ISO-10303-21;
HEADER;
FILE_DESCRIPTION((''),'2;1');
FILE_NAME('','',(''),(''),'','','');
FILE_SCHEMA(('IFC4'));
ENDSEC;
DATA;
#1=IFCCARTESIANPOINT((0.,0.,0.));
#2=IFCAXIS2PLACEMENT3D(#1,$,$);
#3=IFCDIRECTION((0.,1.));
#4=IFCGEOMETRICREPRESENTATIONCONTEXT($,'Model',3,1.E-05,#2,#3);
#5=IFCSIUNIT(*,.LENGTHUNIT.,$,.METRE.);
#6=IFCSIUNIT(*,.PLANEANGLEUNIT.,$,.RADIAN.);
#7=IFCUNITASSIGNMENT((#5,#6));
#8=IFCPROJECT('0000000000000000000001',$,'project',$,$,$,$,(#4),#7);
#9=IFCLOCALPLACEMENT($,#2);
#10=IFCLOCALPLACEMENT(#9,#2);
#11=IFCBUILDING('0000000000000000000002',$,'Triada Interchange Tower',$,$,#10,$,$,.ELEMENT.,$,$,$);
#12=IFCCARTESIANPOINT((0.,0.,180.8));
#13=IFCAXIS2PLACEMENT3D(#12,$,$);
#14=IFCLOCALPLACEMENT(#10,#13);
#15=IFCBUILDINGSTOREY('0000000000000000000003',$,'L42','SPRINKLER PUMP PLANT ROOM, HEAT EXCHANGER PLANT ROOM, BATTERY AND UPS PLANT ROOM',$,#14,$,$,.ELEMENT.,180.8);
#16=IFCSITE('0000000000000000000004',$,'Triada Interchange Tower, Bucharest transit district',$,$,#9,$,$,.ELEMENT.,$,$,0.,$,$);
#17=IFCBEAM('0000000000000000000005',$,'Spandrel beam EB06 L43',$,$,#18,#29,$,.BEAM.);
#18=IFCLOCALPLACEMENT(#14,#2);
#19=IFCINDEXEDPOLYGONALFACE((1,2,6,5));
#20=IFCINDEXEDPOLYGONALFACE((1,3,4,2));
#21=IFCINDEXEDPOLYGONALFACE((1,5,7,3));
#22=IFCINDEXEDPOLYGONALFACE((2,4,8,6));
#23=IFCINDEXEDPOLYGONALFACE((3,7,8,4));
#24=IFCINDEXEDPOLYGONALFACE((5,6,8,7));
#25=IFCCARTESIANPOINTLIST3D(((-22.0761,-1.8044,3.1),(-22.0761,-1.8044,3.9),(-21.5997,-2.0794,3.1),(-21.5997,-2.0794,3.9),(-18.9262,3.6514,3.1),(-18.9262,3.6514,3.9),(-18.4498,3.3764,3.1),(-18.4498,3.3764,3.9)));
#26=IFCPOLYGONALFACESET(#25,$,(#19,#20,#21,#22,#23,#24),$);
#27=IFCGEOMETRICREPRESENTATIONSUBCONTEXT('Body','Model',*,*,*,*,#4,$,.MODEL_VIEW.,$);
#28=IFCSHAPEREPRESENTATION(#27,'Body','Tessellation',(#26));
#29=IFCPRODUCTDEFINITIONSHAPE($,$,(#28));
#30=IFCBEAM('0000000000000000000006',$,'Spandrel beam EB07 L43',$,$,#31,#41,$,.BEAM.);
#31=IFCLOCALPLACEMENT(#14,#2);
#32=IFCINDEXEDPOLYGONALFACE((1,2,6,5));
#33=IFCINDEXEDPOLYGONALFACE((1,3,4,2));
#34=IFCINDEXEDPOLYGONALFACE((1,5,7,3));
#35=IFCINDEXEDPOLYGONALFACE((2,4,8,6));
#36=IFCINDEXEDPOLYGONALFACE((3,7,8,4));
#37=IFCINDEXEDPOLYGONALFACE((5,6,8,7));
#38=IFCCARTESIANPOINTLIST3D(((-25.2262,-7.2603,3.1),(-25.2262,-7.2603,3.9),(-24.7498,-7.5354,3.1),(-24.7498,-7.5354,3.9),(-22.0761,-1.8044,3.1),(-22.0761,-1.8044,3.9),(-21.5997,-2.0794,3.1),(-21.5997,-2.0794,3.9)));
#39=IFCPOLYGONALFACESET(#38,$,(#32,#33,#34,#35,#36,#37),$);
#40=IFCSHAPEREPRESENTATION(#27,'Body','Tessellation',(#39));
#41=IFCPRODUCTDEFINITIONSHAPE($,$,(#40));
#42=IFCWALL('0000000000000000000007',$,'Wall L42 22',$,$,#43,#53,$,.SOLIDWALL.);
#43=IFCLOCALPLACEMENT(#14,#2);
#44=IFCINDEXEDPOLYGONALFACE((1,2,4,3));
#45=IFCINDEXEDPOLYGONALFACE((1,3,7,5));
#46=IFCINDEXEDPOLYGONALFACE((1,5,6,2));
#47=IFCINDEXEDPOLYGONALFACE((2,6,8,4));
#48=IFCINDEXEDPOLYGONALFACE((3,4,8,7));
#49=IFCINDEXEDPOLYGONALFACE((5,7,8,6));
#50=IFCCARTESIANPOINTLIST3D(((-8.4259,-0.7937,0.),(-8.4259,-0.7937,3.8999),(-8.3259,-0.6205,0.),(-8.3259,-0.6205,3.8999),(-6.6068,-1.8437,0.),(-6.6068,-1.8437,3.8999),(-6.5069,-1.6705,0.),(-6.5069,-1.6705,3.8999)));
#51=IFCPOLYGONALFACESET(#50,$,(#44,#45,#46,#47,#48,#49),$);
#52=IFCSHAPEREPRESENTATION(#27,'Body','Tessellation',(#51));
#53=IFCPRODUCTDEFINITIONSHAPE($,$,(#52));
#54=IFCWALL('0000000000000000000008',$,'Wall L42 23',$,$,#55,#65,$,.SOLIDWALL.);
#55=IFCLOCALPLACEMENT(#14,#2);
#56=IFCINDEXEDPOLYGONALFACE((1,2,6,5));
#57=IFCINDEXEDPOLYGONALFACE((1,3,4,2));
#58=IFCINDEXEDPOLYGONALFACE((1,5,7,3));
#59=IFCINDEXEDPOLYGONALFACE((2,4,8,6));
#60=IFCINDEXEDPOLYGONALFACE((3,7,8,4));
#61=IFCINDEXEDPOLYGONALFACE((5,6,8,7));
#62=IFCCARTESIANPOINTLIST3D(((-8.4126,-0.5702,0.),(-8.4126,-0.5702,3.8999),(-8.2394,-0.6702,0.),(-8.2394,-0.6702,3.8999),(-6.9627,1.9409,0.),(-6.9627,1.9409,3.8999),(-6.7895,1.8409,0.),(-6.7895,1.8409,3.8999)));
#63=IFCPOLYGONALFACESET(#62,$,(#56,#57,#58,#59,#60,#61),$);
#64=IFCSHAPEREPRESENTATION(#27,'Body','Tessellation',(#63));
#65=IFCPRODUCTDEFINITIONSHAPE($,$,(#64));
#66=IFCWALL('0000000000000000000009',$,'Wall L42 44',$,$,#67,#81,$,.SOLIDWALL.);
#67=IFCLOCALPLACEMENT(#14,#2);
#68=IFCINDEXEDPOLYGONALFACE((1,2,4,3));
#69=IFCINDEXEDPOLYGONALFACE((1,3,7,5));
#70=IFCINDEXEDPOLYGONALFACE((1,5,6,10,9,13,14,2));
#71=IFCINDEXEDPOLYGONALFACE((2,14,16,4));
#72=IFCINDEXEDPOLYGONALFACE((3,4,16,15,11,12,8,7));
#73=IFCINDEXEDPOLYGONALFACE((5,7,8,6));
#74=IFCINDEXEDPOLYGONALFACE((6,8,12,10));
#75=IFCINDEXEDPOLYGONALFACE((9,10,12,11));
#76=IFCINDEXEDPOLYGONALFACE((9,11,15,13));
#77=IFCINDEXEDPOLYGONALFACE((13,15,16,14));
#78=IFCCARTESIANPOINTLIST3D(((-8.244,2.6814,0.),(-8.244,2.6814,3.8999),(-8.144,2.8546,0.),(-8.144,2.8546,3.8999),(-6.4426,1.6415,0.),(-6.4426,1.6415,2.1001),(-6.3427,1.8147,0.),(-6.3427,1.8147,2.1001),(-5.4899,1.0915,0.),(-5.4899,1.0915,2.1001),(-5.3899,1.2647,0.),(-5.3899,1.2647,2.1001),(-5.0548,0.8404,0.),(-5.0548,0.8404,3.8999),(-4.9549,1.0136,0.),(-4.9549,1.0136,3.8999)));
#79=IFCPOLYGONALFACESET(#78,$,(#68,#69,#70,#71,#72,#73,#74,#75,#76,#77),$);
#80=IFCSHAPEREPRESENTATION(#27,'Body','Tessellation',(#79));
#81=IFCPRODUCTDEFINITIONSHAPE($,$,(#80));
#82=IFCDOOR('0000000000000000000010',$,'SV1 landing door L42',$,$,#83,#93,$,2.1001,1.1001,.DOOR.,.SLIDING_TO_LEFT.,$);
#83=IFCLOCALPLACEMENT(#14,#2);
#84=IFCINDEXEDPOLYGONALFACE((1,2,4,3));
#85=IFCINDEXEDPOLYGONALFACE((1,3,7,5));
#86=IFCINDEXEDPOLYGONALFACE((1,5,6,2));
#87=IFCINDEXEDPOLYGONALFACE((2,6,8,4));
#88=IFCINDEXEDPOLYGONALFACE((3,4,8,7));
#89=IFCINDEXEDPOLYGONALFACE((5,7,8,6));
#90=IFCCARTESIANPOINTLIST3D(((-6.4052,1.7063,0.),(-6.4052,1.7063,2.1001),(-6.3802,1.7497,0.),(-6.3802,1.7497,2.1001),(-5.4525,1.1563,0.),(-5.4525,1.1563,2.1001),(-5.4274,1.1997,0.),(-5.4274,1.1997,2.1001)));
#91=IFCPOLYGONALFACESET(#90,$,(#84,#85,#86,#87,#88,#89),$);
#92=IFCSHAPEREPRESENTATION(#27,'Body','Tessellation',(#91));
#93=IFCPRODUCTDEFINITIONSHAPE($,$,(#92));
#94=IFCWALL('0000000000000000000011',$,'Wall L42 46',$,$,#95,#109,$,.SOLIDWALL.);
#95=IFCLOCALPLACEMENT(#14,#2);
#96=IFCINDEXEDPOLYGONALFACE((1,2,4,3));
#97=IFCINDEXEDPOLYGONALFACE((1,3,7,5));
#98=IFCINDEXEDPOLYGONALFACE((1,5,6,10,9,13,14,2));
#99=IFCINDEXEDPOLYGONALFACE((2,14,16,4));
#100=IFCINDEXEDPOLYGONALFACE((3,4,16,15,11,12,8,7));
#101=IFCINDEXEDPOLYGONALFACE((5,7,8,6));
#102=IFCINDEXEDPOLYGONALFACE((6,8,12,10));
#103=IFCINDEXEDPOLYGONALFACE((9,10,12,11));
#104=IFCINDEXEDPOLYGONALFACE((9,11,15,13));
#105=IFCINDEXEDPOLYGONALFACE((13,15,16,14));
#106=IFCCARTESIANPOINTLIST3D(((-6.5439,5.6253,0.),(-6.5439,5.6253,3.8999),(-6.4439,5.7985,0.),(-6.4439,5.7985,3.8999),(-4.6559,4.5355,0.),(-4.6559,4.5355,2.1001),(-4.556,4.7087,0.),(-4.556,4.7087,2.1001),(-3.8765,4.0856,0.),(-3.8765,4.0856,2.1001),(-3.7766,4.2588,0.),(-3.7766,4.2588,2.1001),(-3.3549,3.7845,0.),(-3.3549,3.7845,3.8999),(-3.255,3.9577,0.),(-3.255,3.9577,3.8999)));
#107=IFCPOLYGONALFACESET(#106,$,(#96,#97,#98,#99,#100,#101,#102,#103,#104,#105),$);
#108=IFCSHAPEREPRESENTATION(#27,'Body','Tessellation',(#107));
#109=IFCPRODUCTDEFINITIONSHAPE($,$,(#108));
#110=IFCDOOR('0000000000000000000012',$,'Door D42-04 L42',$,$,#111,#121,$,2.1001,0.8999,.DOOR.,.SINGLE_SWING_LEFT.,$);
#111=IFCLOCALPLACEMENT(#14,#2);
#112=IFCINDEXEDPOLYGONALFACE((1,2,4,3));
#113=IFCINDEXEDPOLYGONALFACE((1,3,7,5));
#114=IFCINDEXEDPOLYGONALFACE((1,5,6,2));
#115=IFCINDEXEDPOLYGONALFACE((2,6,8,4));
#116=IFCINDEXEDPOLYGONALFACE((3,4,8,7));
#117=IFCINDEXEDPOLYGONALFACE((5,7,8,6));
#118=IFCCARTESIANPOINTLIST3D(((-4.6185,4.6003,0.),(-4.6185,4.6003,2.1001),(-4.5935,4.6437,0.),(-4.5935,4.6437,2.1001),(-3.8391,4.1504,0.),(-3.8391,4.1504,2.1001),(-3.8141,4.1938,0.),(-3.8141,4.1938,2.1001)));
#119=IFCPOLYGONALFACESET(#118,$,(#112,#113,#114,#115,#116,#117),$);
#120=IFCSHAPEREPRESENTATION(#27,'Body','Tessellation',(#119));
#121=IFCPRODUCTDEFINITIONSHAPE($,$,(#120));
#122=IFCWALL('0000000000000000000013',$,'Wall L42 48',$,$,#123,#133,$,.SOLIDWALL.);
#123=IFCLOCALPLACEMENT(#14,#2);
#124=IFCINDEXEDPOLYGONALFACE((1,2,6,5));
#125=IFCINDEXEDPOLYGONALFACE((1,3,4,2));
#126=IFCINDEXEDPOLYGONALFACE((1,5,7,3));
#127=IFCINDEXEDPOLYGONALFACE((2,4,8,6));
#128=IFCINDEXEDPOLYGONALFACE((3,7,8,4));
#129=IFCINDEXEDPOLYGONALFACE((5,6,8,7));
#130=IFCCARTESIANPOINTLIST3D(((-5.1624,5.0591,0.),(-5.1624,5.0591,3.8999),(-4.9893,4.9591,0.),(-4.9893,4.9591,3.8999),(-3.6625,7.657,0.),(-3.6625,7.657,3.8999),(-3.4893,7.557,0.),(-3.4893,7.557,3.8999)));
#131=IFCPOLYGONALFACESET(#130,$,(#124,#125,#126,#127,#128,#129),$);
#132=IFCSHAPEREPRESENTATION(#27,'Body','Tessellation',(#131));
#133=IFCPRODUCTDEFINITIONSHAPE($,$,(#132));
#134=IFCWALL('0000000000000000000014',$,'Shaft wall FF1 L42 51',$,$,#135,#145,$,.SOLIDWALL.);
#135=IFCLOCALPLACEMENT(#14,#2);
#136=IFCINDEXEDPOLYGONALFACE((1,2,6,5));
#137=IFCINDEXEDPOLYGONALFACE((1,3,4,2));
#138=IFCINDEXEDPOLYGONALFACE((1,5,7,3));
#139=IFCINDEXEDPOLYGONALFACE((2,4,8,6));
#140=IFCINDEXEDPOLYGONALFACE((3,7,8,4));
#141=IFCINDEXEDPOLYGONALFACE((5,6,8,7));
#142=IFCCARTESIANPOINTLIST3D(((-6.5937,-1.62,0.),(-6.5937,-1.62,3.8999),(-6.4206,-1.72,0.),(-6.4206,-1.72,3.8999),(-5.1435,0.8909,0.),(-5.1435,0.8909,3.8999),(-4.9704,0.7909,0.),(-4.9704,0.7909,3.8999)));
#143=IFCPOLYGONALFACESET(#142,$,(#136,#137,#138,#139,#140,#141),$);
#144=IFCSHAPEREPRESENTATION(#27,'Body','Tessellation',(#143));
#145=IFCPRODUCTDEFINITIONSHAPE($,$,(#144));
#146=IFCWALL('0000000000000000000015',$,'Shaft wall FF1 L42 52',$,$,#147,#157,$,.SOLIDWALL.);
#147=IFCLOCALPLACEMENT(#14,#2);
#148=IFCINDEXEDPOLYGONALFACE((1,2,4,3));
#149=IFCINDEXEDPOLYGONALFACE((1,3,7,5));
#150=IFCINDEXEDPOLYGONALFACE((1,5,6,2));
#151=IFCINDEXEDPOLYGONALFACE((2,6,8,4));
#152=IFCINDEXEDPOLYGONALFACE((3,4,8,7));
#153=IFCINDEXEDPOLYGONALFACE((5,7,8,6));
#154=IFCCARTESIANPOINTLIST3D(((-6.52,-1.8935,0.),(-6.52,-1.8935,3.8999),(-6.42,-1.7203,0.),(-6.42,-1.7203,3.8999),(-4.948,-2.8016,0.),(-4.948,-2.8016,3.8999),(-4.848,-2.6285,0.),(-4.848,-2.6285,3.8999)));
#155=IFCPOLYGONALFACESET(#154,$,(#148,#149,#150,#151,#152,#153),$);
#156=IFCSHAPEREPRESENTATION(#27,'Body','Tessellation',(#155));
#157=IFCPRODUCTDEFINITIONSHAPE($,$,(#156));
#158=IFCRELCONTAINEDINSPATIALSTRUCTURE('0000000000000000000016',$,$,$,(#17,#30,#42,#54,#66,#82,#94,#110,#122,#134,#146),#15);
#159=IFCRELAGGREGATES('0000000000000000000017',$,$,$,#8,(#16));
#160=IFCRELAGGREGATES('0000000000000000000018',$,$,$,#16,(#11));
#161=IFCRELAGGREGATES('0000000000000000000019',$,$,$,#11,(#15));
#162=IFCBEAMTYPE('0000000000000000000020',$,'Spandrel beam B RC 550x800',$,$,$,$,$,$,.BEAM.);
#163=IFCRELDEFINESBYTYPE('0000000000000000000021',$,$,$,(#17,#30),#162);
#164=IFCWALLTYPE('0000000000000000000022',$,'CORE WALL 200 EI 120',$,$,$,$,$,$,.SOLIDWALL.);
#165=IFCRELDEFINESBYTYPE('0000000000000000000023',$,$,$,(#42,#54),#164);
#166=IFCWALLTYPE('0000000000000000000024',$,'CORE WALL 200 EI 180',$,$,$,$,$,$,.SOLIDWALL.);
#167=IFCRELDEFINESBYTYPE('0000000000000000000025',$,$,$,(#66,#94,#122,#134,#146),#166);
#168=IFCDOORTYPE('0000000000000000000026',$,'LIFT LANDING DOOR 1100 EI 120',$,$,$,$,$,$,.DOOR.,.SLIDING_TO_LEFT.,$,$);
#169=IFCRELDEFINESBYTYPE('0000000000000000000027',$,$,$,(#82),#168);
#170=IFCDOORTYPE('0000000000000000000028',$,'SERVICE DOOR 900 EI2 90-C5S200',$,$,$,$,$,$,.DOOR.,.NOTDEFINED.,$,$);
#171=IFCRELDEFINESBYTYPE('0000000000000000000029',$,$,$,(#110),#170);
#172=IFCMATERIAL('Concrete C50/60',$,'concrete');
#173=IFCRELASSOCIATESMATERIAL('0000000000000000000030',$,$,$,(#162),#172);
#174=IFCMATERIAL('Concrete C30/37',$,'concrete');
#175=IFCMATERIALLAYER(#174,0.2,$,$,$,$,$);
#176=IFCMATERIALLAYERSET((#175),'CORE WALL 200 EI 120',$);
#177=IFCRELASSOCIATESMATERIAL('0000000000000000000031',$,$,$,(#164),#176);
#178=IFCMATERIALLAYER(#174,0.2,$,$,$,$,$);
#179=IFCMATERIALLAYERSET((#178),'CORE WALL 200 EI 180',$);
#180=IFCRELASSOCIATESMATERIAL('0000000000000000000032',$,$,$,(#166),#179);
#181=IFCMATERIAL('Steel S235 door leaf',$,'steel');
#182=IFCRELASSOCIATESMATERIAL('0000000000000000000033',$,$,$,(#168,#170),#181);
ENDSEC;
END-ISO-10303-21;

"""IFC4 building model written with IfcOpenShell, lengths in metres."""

from ifc_helpers import new_model, si_unit, direction, frame, frame_2d, origin, origin_2d, place, context, subcontext, project, spatial, rectangle, extrude, material, layer, layer_set, material_profile, profile_set, type_object, element, fill, save


model = new_model("IFC4")

# Units and contexts
model_context = context("Model", 3, precision=1e-05, world=origin(), true_north=direction((0.0, 1.0)))
body_context = subcontext(model_context, "Body", "Model", "MODEL_VIEW")
ifc_project = project(units=[si_unit("LENGTHUNIT", "METRE"), si_unit("PLANEANGLEUNIT", "RADIAN")], contexts=[model_context])

# Site, building, storey
site_placement = place(None, origin())
site = spatial("IfcSite", under=ifc_project, at=site_placement, Name="Triada Interchange Tower, Bucharest transit district", CompositionType="ELEMENT", RefElevation=0.0)
building_placement = place(site_placement, origin())
building = spatial("IfcBuilding", under=site, at=building_placement, Name="Triada Interchange Tower", CompositionType="ELEMENT")
storey_placement = place(building_placement, frame((0.0, 0.0, 180.8)))
storey = spatial("IfcBuildingStorey", under=building, at=storey_placement, Name="L42", Description="SPRINKLER PUMP PLANT ROOM, HEAT EXCHANGER PLANT ROOM, BATTERY AND UPS PLANT ROOM", CompositionType="ELEMENT", Elevation=180.8)

# Beams
ifc_material_1 = material(Name="Concrete C50/60", Category="concrete")
ifc_material_profile_1 = material_profile(ifc_material_1, rectangle(XDim=0.55, YDim=0.8, at=origin_2d()), Name="RC 550x800")
ifc_profile_set_1 = profile_set([ifc_material_profile_1], Name="Concrete C50/60")
beam_type_1 = type_object("IfcBeamType", Name="Spandrel beam B RC 550x800", PredefinedType="BEAM", material=ifc_profile_set_1)
beam_1_placement = place(storey_placement, frame((-18.688, 3.5139, 3.5), z_axis=(-0.499999, -0.866026, 0.0), x_axis=(0.866026, -0.499999, 0.0)))
element("IfcBeam", 1, at=beam_1_placement, inside=storey, type_object=beam_type_1, Name="Spandrel beam EB06 L43", PredefinedType="BEAM", context=body_context, shape_type="SweptSolid", body=[
    extrude(rectangle(XDim=0.55, YDim=0.8, at=origin_2d()), origin(), (0.0, 0.0, 1.0), 6.2998),
])
beam_2_placement = place(storey_placement, frame((-21.8379, -1.9419, 3.5), z_axis=(-0.500011, -0.866019, 0.0), x_axis=(0.866019, -0.500011, 0.0)))
element("IfcBeam", 2, at=beam_2_placement, inside=storey, type_object=beam_type_1, Name="Spandrel beam EB07 L43", PredefinedType="BEAM", context=body_context, shape_type="SweptSolid", body=[
    extrude(rectangle(XDim=0.55, YDim=0.8, at=origin_2d()), origin(), (0.0, 0.0, 1.0), 6.3),
])

# Walls
ifc_material_2 = material(Name="Concrete C30/37", Category="concrete")
ifc_layer_1 = layer(ifc_material_2, 0.2)
ifc_layer_set_1 = layer_set([ifc_layer_1], Name="CORE WALL 200 EI 120")
wall_type_1 = type_object("IfcWallType", Name="CORE WALL 200 EI 120", PredefinedType="SOLIDWALL", material=ifc_layer_set_1)
wall_1_placement = place(storey_placement, frame((-8.376, -0.707, 0.0), z_axis=(0.0, 0.0, 1.0), x_axis=(0.866068, -0.499927, 0.0)))
element("IfcWall", 3, at=wall_1_placement, inside=storey, type_object=wall_type_1, Name="Wall L42 22", PredefinedType="SOLIDWALL", context=body_context, shape_type="SweptSolid", body=[
    extrude(rectangle(XDim=2.1003, YDim=0.2, at=frame_2d((1.0503, 0.0))), origin(), (0.0, 0.0, 1.0), 3.8999),
])
wall_2_placement = place(storey_placement, frame((-8.3259, -0.6201, 0.0), z_axis=(0.0, 0.0, 1.0), x_axis=(0.500024, 0.866012, 0.0)))
element("IfcWall", 4, at=wall_2_placement, inside=storey, type_object=wall_type_1, Name="Wall L42 23", PredefinedType="SOLIDWALL", context=body_context, shape_type="SweptSolid", body=[
    extrude(rectangle(XDim=2.8997, YDim=0.2, at=frame_2d((1.4497, 0.0))), origin(), (0.0, 0.0, 1.0), 3.8999),
])

# Walls, openings, doors
ifc_layer_2 = layer(ifc_material_2, 0.2)
ifc_layer_set_2 = layer_set([ifc_layer_2], Name="CORE WALL 200 EI 180")
wall_type_2 = type_object("IfcWallType", Name="CORE WALL 200 EI 180", PredefinedType="SOLIDWALL", material=ifc_layer_set_2)
wall_3_placement = place(storey_placement, frame((-8.1941, 2.7681, 0.0), z_axis=(0.0, 0.0, 1.0), x_axis=(0.866052, -0.499954, 0.0)))
wall_3 = element("IfcWall", 5, at=wall_3_placement, inside=storey, type_object=wall_type_2, Name="Wall L42 44", PredefinedType="SOLIDWALL", context=body_context, shape_type="SweptSolid", body=[
    extrude(rectangle(XDim=3.6824, YDim=0.2, at=frame_2d((1.8413, 0.0))), origin(), (0.0, 0.0, 1.0), 3.8999),
])
opening_1_placement = place(wall_3_placement, frame((2.0801, 0.0, 0.0)))
opening_1 = element("IfcOpeningElement", 6, at=opening_1_placement, cuts=wall_3, PredefinedType="OPENING", context=body_context, shape_type="SweptSolid", body=[
    extrude(rectangle(XDim=1.1001, YDim=2.1001, at=frame_2d((0.55, 1.05))), frame((0.0, 0.1099, 0.0), z_axis=(0.0, -1.0, 0.0), x_axis=(1.0, 0.0, 0.0)), (0.0, 0.0, 1.0), 0.22),
])
ifc_material_3 = material(Name="Steel S235 door leaf", Category="steel")
door_type_1 = type_object("IfcDoorType", Name="LIFT LANDING DOOR 1100 EI 120", OperationType="SLIDING_TO_LEFT", PredefinedType="DOOR", material=ifc_material_3)
door_1_placement = place(opening_1_placement, origin())
door_1 = element("IfcDoor", 7, at=door_1_placement, inside=storey, type_object=door_type_1, Name="SV1 landing door L42", OperationType="SLIDING_TO_LEFT", OverallHeight=2.1001, OverallWidth=1.1001, PredefinedType="DOOR", context=body_context, shape_type="SweptSolid", body=[
    extrude(rectangle(XDim=1.1001, YDim=2.1001, at=frame_2d((0.55, 1.05))), frame((0.0, 0.0249, 0.0), z_axis=(0.0, -1.0, 0.0), x_axis=(1.0, 0.0, 0.0)), (0.0, 0.0, 1.0), 0.05),
])
fill(opening_1, door_1)
wall_4_placement = place(storey_placement, frame((-6.4939, 5.7119, 0.0), z_axis=(0.0, 0.0, 1.0), x_axis=(0.866064, -0.499933, 0.0)))
wall_4 = element("IfcWall", 8, at=wall_4_placement, inside=storey, type_object=wall_type_2, Name="Wall L42 46", PredefinedType="SOLIDWALL", context=body_context, shape_type="SweptSolid", body=[
    extrude(rectangle(XDim=3.6821, YDim=0.2, at=frame_2d((1.8411, 0.0))), origin(), (0.0, 0.0, 1.0), 3.8999),
])
opening_2_placement = place(wall_4_placement, frame((2.1799, 0.0, 0.0)))
opening_2 = element("IfcOpeningElement", 9, at=opening_2_placement, cuts=wall_4, PredefinedType="OPENING", context=body_context, shape_type="SweptSolid", body=[
    extrude(rectangle(XDim=0.8999, YDim=2.1001, at=frame_2d((0.45, 1.05))), frame((0.0, 0.1099, 0.0), z_axis=(0.0, -1.0, 0.0), x_axis=(1.0, 0.0, 0.0)), (0.0, 0.0, 1.0), 0.22),
])
door_type_2 = type_object("IfcDoorType", Name="SERVICE DOOR 900 EI2 90-C5S200", OperationType="NOTDEFINED", PredefinedType="DOOR", material=ifc_material_3)
door_2_placement = place(opening_2_placement, origin())
door_2 = element("IfcDoor", 10, at=door_2_placement, inside=storey, type_object=door_type_2, Name="Door D42-04 L42", OperationType="SINGLE_SWING_LEFT", OverallHeight=2.1001, OverallWidth=0.8999, PredefinedType="DOOR", context=body_context, shape_type="SweptSolid", body=[
    extrude(rectangle(XDim=0.8999, YDim=2.1001, at=frame_2d((0.45, 1.05))), frame((0.0, 0.0249, 0.0), z_axis=(0.0, -1.0, 0.0), x_axis=(1.0, 0.0, 0.0)), (0.0, 0.0, 1.0), 0.05),
])
fill(opening_2, door_2)

# Walls
wall_5_placement = place(storey_placement, frame((-5.0759, 5.009, 0.0), z_axis=(0.0, 0.0, 1.0), x_axis=(0.500025, 0.866011, 0.0)))
element("IfcWall", 11, at=wall_5_placement, inside=storey, type_object=wall_type_2, Name="Wall L42 48", PredefinedType="SOLIDWALL", context=body_context, shape_type="SweptSolid", body=[
    extrude(rectangle(XDim=2.9998, YDim=0.2, at=frame_2d((1.5, 0.0))), origin(), (0.0, 0.0, 1.0), 3.8999),
])
wall_6_placement = place(storey_placement, frame((-6.5071, -1.6699, 0.0), z_axis=(0.0, 0.0, 1.0), x_axis=(0.500123, 0.865954, 0.0)))
element("IfcWall", 12, at=wall_6_placement, inside=storey, type_object=wall_type_2, Name="Shaft wall FF1 L42 51", PredefinedType="SOLIDWALL", context=body_context, shape_type="SweptSolid", body=[
    extrude(rectangle(XDim=2.8997, YDim=0.2, at=frame_2d((1.4497, 0.0))), origin(), (0.0, 0.0, 1.0), 3.8999),
])
wall_7_placement = place(storey_placement, frame((-6.47, -1.8069, 0.0), z_axis=(0.0, 0.0, 1.0), x_axis=(0.865883, -0.500246, 0.0)))
element("IfcWall", 13, at=wall_7_placement, inside=storey, type_object=wall_type_2, Name="Shaft wall FF1 L42 52", PredefinedType="SOLIDWALL", context=body_context, shape_type="SweptSolid", body=[
    extrude(rectangle(XDim=1.8154, YDim=0.2, at=frame_2d((0.9077, 0.0))), origin(), (0.0, 0.0, 1.0), 3.8999),
])

save(model, "model.ifc")
